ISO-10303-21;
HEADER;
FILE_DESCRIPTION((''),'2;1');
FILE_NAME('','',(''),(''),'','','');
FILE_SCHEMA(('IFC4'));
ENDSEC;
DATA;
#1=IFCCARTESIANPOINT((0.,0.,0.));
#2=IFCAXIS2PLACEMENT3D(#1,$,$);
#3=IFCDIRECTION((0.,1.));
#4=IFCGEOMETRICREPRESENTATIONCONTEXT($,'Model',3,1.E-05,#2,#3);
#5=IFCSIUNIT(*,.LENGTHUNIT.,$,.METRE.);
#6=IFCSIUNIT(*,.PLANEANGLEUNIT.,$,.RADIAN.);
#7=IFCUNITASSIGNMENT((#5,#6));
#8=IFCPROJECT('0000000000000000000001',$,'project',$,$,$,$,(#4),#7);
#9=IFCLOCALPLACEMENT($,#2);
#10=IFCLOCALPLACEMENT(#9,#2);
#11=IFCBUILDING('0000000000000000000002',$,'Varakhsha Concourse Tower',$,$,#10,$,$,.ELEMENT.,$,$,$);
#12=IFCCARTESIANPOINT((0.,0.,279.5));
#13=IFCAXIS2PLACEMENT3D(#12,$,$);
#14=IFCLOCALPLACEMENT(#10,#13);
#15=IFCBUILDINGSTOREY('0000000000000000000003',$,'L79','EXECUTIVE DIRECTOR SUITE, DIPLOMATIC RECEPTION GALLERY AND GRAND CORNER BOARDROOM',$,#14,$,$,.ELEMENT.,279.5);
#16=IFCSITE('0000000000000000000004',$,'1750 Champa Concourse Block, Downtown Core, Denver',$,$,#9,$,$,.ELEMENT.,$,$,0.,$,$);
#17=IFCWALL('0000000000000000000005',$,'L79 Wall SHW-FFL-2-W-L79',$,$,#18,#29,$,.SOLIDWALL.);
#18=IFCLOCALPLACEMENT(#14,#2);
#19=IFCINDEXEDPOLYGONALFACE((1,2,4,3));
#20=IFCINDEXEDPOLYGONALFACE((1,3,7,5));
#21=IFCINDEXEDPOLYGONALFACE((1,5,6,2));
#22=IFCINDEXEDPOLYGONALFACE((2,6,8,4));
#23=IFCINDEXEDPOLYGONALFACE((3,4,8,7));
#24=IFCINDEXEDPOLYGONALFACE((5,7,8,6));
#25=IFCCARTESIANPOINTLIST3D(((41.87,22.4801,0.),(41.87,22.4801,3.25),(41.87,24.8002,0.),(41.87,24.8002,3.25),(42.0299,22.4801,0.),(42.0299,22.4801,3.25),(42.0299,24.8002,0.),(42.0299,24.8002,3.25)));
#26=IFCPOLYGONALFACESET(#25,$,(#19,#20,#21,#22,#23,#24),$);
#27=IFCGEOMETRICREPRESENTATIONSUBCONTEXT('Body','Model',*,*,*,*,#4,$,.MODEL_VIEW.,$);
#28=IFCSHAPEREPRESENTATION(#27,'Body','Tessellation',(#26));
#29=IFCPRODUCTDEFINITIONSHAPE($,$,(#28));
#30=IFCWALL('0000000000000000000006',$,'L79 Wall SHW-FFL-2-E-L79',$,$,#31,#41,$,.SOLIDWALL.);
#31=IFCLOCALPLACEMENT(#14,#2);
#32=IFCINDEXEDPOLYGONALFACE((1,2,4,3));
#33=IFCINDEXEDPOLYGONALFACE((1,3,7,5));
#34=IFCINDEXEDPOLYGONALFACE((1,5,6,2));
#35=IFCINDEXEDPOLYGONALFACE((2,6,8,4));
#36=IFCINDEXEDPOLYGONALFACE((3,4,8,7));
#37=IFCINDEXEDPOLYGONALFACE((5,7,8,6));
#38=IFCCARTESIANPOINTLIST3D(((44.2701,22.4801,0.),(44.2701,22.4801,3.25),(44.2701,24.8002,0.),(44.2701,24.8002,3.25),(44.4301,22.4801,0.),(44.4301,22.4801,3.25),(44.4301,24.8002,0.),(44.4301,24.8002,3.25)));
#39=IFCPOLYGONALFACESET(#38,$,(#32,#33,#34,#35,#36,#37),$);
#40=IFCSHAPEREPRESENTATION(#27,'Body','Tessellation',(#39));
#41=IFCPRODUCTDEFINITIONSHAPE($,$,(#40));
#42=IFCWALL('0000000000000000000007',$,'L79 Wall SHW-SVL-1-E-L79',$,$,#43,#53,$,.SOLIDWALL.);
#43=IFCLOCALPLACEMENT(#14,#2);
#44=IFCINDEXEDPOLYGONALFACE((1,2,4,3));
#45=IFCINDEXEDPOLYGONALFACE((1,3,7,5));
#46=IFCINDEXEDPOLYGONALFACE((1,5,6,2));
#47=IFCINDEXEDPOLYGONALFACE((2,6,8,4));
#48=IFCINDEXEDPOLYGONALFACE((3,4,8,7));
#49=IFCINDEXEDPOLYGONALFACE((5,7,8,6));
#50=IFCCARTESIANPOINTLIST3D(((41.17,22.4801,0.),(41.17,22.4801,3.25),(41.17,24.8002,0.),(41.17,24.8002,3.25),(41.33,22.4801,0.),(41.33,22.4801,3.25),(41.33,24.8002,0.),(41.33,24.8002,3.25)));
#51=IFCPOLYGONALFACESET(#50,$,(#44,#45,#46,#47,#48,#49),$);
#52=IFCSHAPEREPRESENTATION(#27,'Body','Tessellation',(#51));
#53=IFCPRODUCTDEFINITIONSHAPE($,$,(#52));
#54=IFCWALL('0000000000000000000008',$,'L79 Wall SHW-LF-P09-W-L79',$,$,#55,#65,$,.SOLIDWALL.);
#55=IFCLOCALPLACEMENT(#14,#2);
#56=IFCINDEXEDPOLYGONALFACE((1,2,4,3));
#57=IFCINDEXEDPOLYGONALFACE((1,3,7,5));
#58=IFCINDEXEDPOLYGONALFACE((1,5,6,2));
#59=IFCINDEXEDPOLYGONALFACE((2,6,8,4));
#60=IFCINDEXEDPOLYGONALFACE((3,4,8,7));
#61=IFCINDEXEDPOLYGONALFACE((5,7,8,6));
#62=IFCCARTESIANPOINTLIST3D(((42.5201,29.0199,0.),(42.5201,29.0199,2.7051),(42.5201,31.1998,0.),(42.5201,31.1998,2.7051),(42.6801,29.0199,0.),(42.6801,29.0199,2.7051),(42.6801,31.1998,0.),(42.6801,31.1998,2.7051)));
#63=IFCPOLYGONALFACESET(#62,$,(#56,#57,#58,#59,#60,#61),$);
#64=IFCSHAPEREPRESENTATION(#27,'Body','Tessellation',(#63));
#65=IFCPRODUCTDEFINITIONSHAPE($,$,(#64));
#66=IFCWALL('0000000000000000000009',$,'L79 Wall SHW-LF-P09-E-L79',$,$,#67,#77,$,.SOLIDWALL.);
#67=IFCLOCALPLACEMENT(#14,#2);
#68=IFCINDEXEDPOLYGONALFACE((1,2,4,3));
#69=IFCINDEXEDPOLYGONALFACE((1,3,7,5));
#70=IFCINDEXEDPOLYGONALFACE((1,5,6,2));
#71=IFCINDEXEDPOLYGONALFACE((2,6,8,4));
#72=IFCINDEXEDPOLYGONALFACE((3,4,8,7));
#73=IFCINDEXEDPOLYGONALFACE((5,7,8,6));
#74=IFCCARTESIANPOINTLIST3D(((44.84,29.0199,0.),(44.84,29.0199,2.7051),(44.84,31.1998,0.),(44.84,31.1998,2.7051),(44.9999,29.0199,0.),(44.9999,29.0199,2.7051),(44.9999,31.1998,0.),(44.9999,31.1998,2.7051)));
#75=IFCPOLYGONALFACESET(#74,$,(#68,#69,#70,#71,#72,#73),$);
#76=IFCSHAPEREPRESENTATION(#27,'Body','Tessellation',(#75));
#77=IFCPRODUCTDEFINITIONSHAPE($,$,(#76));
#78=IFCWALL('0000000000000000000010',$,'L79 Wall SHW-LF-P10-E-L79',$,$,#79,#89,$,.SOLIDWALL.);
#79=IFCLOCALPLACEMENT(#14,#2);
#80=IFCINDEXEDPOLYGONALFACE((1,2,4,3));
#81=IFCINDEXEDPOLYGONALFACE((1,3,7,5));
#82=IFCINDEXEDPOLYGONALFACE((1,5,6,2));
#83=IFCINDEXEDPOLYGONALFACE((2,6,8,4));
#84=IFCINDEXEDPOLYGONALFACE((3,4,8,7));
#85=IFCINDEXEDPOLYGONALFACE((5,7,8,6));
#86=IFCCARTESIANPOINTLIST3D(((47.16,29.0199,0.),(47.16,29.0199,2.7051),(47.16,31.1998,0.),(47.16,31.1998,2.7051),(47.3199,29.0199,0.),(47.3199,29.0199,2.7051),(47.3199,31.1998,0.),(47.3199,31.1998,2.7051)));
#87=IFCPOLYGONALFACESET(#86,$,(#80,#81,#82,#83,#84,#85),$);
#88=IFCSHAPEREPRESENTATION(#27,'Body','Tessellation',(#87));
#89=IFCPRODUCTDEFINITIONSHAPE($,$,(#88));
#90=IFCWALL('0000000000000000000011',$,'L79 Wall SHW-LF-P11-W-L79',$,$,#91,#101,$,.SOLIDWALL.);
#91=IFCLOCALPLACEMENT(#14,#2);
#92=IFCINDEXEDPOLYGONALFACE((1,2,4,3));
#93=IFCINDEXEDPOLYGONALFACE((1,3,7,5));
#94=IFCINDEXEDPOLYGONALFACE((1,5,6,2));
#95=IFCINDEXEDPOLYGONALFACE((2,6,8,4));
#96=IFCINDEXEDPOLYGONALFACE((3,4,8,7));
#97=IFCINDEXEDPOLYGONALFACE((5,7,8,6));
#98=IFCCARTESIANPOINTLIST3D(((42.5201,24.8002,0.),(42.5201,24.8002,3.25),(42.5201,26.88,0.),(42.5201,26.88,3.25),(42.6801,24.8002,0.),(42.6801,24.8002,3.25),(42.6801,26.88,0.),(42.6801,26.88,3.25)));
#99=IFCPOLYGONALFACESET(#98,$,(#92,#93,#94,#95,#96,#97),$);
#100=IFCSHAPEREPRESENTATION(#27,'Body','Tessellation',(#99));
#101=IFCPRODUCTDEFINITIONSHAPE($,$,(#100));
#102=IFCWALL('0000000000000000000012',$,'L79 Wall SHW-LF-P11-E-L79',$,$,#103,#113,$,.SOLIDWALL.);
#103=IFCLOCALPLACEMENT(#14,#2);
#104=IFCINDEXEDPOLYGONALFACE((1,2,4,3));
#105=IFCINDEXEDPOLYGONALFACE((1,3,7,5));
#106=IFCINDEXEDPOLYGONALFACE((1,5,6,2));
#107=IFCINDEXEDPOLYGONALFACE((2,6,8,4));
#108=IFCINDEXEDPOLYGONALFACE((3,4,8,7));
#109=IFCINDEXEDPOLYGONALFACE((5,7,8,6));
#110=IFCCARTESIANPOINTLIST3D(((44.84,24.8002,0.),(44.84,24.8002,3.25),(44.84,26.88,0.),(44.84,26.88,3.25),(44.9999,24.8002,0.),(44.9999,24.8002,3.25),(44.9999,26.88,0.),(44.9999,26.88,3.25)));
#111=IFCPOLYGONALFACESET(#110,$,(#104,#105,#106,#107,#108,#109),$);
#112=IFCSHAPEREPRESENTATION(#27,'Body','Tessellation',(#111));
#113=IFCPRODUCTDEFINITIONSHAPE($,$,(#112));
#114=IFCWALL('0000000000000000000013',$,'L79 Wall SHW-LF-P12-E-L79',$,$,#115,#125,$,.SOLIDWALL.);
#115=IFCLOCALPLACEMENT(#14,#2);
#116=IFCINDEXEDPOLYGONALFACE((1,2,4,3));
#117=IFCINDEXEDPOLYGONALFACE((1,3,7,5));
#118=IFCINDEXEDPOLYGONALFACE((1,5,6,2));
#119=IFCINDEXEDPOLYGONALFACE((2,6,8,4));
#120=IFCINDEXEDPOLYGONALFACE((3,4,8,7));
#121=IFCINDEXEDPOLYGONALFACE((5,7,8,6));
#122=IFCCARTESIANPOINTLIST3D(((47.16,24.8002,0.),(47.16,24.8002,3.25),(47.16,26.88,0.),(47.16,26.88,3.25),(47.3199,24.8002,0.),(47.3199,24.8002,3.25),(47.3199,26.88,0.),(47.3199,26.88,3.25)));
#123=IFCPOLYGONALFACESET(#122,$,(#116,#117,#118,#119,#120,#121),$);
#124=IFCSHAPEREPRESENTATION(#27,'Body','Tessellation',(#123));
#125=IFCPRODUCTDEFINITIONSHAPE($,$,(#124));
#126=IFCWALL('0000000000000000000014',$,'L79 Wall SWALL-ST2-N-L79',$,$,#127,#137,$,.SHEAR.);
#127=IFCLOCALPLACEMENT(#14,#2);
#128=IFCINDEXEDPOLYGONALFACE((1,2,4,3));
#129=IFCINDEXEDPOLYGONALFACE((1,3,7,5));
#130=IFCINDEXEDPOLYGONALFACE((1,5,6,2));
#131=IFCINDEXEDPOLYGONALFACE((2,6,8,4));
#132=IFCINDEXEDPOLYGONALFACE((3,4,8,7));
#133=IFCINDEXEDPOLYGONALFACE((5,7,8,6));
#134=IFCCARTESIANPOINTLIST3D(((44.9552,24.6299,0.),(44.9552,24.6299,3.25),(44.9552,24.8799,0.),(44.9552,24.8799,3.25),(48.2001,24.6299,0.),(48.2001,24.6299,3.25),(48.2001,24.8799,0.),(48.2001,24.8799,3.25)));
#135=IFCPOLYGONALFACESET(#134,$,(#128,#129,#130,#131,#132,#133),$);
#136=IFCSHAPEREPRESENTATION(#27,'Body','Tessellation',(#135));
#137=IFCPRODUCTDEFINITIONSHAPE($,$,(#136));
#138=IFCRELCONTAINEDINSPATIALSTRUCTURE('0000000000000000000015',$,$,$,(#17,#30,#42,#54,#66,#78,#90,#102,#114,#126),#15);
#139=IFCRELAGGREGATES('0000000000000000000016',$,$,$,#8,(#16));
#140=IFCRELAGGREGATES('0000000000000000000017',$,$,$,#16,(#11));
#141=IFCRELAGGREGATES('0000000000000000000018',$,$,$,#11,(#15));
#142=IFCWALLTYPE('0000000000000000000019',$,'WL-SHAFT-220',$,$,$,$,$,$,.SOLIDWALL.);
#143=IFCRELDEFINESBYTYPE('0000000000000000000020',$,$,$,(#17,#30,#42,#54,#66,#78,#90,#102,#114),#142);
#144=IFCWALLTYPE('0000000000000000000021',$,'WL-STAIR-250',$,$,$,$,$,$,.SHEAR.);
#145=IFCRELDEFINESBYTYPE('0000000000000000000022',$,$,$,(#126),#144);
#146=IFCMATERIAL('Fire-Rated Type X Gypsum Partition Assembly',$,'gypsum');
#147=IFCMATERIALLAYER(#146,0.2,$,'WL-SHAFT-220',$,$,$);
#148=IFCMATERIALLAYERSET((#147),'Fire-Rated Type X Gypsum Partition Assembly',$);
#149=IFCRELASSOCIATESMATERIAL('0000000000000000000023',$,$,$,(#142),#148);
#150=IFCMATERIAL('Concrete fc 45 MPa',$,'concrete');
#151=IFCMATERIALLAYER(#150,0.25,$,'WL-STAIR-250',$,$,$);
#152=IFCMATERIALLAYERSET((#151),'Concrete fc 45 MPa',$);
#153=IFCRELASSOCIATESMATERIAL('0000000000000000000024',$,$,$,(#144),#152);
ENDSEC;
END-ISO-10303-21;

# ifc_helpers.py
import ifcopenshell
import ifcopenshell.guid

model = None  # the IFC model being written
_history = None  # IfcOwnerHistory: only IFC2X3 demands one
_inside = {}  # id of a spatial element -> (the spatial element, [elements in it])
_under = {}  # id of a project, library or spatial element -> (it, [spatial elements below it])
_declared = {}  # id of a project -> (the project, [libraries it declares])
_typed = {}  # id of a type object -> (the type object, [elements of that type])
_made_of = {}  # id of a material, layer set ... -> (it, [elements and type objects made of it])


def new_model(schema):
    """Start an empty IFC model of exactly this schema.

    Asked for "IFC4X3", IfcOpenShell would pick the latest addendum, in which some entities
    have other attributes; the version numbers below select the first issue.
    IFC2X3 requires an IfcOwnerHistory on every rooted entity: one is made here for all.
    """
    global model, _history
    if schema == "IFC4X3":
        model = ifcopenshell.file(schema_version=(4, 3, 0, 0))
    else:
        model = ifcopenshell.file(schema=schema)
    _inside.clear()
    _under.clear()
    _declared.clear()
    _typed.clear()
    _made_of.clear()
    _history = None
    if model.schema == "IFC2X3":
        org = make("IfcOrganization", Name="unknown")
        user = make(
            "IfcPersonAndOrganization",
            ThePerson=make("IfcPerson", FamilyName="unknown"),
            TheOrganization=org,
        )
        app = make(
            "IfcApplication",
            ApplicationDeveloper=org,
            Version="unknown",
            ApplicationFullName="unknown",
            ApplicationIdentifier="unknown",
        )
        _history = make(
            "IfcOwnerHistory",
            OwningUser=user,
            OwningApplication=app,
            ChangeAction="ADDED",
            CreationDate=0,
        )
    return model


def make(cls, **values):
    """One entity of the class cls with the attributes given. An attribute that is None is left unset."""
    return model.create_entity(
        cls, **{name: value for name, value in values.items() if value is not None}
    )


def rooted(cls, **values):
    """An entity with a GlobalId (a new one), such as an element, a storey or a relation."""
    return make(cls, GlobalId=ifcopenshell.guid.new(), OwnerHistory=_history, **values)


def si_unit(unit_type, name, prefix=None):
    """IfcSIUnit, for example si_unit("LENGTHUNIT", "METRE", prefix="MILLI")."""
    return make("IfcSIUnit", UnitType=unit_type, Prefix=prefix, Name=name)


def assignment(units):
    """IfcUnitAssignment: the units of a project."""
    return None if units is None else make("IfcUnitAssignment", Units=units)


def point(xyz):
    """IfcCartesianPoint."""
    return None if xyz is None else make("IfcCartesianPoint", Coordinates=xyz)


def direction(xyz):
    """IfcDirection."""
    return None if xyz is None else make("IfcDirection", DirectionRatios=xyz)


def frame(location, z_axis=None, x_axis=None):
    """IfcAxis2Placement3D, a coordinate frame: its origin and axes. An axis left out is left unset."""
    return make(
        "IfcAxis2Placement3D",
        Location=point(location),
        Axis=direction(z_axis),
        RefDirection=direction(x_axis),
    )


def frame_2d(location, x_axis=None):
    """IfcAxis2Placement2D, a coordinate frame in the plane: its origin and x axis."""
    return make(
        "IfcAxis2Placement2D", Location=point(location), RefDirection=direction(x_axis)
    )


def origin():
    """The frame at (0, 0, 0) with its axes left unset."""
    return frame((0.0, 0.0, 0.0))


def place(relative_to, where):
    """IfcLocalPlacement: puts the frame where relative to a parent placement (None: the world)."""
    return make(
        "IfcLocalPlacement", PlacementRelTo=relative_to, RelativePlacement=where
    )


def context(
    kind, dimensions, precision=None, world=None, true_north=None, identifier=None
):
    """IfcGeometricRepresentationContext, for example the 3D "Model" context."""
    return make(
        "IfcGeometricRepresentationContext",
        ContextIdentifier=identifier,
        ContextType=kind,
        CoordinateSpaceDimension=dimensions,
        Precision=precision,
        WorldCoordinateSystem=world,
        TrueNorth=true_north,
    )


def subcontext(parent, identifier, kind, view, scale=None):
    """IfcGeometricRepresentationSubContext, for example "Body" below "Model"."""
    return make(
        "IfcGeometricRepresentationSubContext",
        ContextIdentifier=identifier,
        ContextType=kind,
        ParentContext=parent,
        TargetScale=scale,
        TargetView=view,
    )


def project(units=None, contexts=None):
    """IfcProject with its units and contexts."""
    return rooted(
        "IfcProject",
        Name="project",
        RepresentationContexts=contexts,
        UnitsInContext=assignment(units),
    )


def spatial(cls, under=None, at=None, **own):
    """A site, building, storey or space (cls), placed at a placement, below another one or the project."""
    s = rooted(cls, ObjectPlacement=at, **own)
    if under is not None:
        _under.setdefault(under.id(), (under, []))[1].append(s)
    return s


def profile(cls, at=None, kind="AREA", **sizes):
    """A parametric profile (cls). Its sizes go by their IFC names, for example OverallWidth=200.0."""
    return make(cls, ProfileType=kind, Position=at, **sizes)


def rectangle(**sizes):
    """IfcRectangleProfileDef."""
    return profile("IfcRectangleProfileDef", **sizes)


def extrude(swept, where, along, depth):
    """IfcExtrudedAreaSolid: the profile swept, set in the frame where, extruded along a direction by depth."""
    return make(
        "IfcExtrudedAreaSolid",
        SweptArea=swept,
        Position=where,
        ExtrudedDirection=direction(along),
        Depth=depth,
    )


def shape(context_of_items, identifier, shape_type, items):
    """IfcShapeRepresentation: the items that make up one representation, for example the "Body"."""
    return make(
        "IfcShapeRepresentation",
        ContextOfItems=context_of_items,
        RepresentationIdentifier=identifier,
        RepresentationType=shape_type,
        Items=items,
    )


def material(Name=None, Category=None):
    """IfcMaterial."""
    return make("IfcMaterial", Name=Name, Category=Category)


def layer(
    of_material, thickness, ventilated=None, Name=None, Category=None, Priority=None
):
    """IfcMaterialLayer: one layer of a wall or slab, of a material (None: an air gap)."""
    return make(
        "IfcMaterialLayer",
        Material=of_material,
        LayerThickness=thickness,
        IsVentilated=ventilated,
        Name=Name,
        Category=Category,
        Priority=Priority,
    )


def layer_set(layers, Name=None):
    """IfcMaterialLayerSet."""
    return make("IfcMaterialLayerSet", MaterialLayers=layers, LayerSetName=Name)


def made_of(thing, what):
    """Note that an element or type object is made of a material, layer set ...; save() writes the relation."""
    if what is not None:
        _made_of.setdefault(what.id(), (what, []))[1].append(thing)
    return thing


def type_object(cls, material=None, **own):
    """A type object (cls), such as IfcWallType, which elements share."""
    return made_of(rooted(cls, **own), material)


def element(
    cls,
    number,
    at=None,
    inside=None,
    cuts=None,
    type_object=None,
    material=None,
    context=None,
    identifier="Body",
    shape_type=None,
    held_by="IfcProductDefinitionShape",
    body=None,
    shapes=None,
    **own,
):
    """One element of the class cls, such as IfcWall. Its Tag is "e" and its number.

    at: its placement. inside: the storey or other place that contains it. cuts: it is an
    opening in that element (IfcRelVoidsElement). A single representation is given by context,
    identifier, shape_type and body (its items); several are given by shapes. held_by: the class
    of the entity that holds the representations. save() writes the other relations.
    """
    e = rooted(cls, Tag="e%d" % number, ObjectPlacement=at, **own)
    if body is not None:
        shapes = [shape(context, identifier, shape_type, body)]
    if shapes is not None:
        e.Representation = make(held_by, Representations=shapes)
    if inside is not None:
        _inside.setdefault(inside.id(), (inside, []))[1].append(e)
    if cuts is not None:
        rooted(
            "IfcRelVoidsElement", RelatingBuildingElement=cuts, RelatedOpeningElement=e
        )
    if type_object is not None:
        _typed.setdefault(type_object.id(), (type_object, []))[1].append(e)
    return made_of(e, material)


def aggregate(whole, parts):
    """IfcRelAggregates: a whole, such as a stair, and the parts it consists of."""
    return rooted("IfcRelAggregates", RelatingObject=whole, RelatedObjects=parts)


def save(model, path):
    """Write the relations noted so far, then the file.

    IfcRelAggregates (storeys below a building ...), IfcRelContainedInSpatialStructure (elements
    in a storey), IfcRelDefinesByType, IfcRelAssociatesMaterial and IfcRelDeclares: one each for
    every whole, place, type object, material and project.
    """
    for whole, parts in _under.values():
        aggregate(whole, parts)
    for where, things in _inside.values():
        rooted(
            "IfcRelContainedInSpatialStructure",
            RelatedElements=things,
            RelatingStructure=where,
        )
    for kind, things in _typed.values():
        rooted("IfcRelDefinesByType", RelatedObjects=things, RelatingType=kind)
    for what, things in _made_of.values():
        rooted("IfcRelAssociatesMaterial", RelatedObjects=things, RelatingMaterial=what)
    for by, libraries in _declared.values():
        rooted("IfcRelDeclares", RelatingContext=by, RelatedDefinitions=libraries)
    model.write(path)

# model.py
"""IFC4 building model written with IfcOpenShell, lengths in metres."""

from ifc_helpers import new_model, si_unit, direction, frame, frame_2d, origin, place, context, subcontext, project, spatial, rectangle, extrude, material, layer, layer_set, type_object, element, save


model = new_model("IFC4")

# Units and contexts
model_context = context("Model", 3, precision=1e-05, world=origin(), true_north=direction((0.0, 1.0)))
body_context = subcontext(model_context, "Body", "Model", "MODEL_VIEW")
ifc_project = project(units=[si_unit("LENGTHUNIT", "METRE"), si_unit("PLANEANGLEUNIT", "RADIAN")], contexts=[model_context])

# Site, building, storey
site_placement = place(None, origin())
site = spatial("IfcSite", under=ifc_project, at=site_placement, Name="1750 Champa Concourse Block, Downtown Core, Denver", CompositionType="ELEMENT", RefElevation=0.0)
building_placement = place(site_placement, origin())
building = spatial("IfcBuilding", under=site, at=building_placement, Name="Varakhsha Concourse Tower", CompositionType="ELEMENT")
storey_placement = place(building_placement, frame((0.0, 0.0, 279.5)))
storey = spatial("IfcBuildingStorey", under=building, at=storey_placement, Name="L79", Description="EXECUTIVE DIRECTOR SUITE, DIPLOMATIC RECEPTION GALLERY AND GRAND CORNER BOARDROOM", CompositionType="ELEMENT", Elevation=279.5)

# Shared definitions
ifc_material_1 = material(Name="Fire-Rated Type X Gypsum Partition Assembly", Category="gypsum")

# Walls
ifc_layer_1 = layer(ifc_material_1, 0.2, Name="WL-SHAFT-220")
ifc_layer_set_1 = layer_set([ifc_layer_1], Name="Fire-Rated Type X Gypsum Partition Assembly")
wall_type_1 = type_object("IfcWallType", Name="WL-SHAFT-220", PredefinedType="SOLIDWALL", material=ifc_layer_set_1)
for number, where, z_axis, x_axis, name in (
    (1, (41.95, 22.48, 0.0), (0.0, 0.0, 1.0), (0.0, 1.0, 0.0), "L79 Wall SHW-FFL-2-W-L79"),
    (2, (44.3501, 22.48, 0.0), (0.0, 0.0, 1.0), (0.0, 1.0, 0.0), "L79 Wall SHW-FFL-2-E-L79"),
    (3, (41.25, 22.48, 0.0), (0.0, 0.0, 1.0), (0.0, 1.0, 0.0), "L79 Wall SHW-SVL-1-E-L79"),
):
    element("IfcWall", number, at=place(storey_placement, frame(where, z_axis=z_axis, x_axis=x_axis)), inside=storey, type_object=wall_type_1, Name=name, PredefinedType="SOLIDWALL", context=body_context, shape_type="SweptSolid", body=[
        extrude(rectangle(XDim=2.3201, YDim=0.1599, at=frame_2d((1.1602, 0.0))), origin(), (0.0, 0.0, 1.0), 3.25),
    ])
for number, where, z_axis, x_axis, name in (
    (4, (42.6001, 29.02, 0.0), (0.0, 0.0, 1.0), (0.0, 1.0, 0.0), "L79 Wall SHW-LF-P09-W-L79"),
    (5, (44.9199, 29.02, 0.0), (0.0, 0.0, 1.0), (0.0, 1.0, 0.0), "L79 Wall SHW-LF-P09-E-L79"),
    (6, (47.24, 29.02, 0.0), (0.0, 0.0, 1.0), (0.0, 1.0, 0.0), "L79 Wall SHW-LF-P10-E-L79"),
):
    element("IfcWall", number, at=place(storey_placement, frame(where, z_axis=z_axis, x_axis=x_axis)), inside=storey, type_object=wall_type_1, Name=name, PredefinedType="SOLIDWALL", context=body_context, shape_type="SweptSolid", body=[
        extrude(rectangle(XDim=2.1799, YDim=0.1599, at=frame_2d((1.0898, 0.0))), origin(), (0.0, 0.0, 1.0), 2.7051),
    ])
for number, where, z_axis, x_axis, name in (
    (7, (42.6001, 24.8, 0.0), (0.0, 0.0, 1.0), (0.0, 1.0, 0.0), "L79 Wall SHW-LF-P11-W-L79"),
    (8, (44.9199, 24.8, 0.0), (0.0, 0.0, 1.0), (0.0, 1.0, 0.0), "L79 Wall SHW-LF-P11-E-L79"),
    (9, (47.24, 24.8, 0.0), (0.0, 0.0, 1.0), (0.0, 1.0, 0.0), "L79 Wall SHW-LF-P12-E-L79"),
):
    element("IfcWall", number, at=place(storey_placement, frame(where, z_axis=z_axis, x_axis=x_axis)), inside=storey, type_object=wall_type_1, Name=name, PredefinedType="SOLIDWALL", context=body_context, shape_type="SweptSolid", body=[
        extrude(rectangle(XDim=2.0798, YDim=0.1599, at=frame_2d((1.04, 0.0))), origin(), (0.0, 0.0, 1.0), 3.25),
    ])
ifc_material_2 = material(Name="Concrete fc 45 MPa", Category="concrete")
ifc_layer_2 = layer(ifc_material_2, 0.25, Name="WL-STAIR-250")
ifc_layer_set_2 = layer_set([ifc_layer_2], Name="Concrete fc 45 MPa")
wall_type_2 = type_object("IfcWallType", Name="WL-STAIR-250", PredefinedType="SHEAR", material=ifc_layer_set_2)
wall_1_placement = place(storey_placement, frame((44.9551, 24.7549, 0.0), z_axis=(0.0, 0.0, 1.0), x_axis=(1.0, 0.0, 0.0)))
element("IfcWall", 10, at=wall_1_placement, inside=storey, type_object=wall_type_2, Name="L79 Wall SWALL-ST2-N-L79", PredefinedType="SHEAR", context=body_context, shape_type="SweptSolid", body=[
    extrude(rectangle(XDim=3.2449, YDim=0.25, at=frame_2d((1.6226, 0.0))), origin(), (0.0, 0.0, 1.0), 3.25),
])

save(model, "model.ifc")
